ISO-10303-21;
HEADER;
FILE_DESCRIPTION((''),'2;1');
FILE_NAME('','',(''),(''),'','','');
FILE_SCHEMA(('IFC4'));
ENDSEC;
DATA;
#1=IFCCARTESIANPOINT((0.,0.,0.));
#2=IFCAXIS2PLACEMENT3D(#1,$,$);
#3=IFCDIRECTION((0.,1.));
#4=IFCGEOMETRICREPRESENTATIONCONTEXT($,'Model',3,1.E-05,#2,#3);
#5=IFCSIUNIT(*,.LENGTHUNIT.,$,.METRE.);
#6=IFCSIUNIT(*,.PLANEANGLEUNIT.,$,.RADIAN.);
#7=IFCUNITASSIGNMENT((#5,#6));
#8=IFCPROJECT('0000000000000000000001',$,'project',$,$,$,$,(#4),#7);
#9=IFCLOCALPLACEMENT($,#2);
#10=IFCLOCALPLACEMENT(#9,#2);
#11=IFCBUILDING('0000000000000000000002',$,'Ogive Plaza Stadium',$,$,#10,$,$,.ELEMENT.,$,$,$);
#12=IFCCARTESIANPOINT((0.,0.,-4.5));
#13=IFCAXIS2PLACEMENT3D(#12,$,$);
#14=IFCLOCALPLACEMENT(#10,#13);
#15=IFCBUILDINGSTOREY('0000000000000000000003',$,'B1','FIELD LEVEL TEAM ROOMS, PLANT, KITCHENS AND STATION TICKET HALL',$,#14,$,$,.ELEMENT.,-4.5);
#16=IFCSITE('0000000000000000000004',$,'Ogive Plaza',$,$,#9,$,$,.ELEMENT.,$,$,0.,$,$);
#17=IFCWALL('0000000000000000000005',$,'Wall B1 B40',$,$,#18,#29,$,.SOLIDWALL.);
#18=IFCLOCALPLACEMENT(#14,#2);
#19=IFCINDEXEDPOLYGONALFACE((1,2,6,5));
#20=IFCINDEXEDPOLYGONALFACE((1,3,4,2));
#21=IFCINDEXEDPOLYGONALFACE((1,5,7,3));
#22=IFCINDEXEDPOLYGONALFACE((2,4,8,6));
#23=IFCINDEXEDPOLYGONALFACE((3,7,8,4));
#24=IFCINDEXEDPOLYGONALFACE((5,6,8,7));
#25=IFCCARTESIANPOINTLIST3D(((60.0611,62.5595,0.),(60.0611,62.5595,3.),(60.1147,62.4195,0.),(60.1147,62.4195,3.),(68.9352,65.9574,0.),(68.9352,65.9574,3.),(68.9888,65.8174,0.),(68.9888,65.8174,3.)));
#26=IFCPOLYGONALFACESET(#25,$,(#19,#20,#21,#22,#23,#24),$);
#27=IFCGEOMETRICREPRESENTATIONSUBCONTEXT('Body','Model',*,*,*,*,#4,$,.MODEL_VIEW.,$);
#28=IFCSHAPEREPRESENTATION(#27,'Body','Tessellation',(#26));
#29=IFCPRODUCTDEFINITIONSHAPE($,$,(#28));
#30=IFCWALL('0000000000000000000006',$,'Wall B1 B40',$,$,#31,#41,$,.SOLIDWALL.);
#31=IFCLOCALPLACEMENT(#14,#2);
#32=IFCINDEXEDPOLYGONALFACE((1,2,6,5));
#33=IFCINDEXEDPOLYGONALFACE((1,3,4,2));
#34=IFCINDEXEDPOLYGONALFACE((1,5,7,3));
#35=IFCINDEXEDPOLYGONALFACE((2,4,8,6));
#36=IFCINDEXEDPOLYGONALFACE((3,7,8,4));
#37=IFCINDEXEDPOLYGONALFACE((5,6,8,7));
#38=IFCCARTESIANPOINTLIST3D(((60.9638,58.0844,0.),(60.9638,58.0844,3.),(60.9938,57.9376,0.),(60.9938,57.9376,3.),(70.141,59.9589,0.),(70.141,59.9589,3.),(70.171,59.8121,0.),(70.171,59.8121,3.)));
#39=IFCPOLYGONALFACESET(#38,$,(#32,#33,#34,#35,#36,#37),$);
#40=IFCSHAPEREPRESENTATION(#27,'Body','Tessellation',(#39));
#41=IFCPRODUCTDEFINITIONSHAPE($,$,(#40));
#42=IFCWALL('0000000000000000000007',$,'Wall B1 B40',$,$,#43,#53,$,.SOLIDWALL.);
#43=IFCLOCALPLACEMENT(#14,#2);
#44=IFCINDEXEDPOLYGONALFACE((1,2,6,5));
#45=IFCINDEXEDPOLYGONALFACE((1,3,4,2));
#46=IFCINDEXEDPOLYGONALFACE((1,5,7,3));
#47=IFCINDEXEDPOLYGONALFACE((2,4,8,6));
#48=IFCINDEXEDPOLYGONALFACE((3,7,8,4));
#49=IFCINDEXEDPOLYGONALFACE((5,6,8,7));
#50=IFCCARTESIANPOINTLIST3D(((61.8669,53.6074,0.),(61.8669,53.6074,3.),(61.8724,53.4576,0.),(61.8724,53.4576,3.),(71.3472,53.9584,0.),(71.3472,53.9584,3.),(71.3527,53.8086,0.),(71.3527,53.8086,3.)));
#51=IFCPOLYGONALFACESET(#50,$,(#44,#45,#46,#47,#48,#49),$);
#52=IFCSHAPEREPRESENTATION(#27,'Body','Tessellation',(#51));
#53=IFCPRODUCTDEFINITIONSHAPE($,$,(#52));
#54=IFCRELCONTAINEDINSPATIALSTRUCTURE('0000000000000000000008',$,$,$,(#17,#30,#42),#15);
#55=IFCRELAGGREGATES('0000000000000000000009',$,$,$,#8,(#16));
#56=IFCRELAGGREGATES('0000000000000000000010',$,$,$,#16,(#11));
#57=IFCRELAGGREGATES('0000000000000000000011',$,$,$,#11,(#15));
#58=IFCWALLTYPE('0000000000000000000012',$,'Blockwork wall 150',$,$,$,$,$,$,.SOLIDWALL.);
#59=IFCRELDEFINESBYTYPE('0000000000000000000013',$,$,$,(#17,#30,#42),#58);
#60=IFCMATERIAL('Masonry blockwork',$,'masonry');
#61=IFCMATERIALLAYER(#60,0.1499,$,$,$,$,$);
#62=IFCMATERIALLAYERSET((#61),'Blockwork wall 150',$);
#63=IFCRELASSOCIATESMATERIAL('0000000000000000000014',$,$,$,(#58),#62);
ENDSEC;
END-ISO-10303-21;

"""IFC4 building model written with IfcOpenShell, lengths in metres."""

from ifc_helpers import new_model, si_unit, direction, frame, frame_2d, origin, place, context, subcontext, project, spatial, rectangle, extrude, material, layer, layer_set, type_object, element, save


model = new_model("IFC4")

# Units and contexts
model_context = context("Model", 3, precision=1e-05, world=origin(), true_north=direction((0.0, 1.0)))
body_context = subcontext(model_context, "Body", "Model", "MODEL_VIEW")
ifc_project = project(units=[si_unit("LENGTHUNIT", "METRE"), si_unit("PLANEANGLEUNIT", "RADIAN")], contexts=[model_context])

# Site, building, storey
site_placement = place(None, origin())
site = spatial("IfcSite", under=ifc_project, at=site_placement, Name="Ogive Plaza", CompositionType="ELEMENT", RefElevation=0.0)
building_placement = place(site_placement, origin())
building = spatial("IfcBuilding", under=site, at=building_placement, Name="Ogive Plaza Stadium", CompositionType="ELEMENT")
storey_placement = place(building_placement, frame((0.0, 0.0, -4.5)))
storey = spatial("IfcBuildingStorey", under=building, at=storey_placement, Name="B1", Description="FIELD LEVEL TEAM ROOMS, PLANT, KITCHENS AND STATION TICKET HALL", CompositionType="ELEMENT", Elevation=-4.5)

# Shared definitions
ifc_material_1 = material(Name="Masonry blockwork", Category="masonry")
ifc_layer_1 = layer(ifc_material_1, 0.1499)
ifc_layer_set_1 = layer_set([ifc_layer_1], Name="Blockwork wall 150")
wall_type = type_object("IfcWallType", Name="Blockwork wall 150", PredefinedType="SOLIDWALL", material=ifc_layer_set_1)

# Walls
wall_1_placement = place(storey_placement, frame((60.0879, 62.4895, 0.0), z_axis=(0.0, 0.0, 1.0), x_axis=(0.933882, 0.357582, 0.0)))
element("IfcWall", 1, at=wall_1_placement, inside=storey, type_object=wall_type, Name="Wall B1 B40", PredefinedType="SOLIDWALL", context=body_context, shape_type="SweptSolid", body=[
    extrude(rectangle(XDim=9.5024, YDim=0.1499, at=frame_2d((4.7512, 0.0))), origin(), (0.0, 0.0, 1.0), 3.0),
])
wall_2_placement = place(storey_placement, frame((60.9788, 58.011, 0.0), z_axis=(0.0, 0.0, 1.0), x_axis=(0.97977, 0.200124, 0.0)))
element("IfcWall", 2, at=wall_2_placement, inside=storey, type_object=wall_type, Name="Wall B1 B40", PredefinedType="SOLIDWALL", context=body_context, shape_type="SweptSolid", body=[
    extrude(rectangle(XDim=9.3667, YDim=0.1499, at=frame_2d((4.6833, 0.0))), origin(), (0.0, 0.0, 1.0), 3.0),
])
wall_3_placement = place(storey_placement, frame((61.8696, 53.5325, 0.0), z_axis=(0.0, 0.0, 1.0), x_axis=(0.999315, 0.037007, 0.0)))
element("IfcWall", 3, at=wall_3_placement, inside=storey, type_object=wall_type, Name="Wall B1 B40", PredefinedType="SOLIDWALL", context=body_context, shape_type="SweptSolid", body=[
    extrude(rectangle(XDim=9.4868, YDim=0.1499, at=frame_2d((4.7434, 0.0))), origin(), (0.0, 0.0, 1.0), 3.0),
])

save(model, "model.ifc")
